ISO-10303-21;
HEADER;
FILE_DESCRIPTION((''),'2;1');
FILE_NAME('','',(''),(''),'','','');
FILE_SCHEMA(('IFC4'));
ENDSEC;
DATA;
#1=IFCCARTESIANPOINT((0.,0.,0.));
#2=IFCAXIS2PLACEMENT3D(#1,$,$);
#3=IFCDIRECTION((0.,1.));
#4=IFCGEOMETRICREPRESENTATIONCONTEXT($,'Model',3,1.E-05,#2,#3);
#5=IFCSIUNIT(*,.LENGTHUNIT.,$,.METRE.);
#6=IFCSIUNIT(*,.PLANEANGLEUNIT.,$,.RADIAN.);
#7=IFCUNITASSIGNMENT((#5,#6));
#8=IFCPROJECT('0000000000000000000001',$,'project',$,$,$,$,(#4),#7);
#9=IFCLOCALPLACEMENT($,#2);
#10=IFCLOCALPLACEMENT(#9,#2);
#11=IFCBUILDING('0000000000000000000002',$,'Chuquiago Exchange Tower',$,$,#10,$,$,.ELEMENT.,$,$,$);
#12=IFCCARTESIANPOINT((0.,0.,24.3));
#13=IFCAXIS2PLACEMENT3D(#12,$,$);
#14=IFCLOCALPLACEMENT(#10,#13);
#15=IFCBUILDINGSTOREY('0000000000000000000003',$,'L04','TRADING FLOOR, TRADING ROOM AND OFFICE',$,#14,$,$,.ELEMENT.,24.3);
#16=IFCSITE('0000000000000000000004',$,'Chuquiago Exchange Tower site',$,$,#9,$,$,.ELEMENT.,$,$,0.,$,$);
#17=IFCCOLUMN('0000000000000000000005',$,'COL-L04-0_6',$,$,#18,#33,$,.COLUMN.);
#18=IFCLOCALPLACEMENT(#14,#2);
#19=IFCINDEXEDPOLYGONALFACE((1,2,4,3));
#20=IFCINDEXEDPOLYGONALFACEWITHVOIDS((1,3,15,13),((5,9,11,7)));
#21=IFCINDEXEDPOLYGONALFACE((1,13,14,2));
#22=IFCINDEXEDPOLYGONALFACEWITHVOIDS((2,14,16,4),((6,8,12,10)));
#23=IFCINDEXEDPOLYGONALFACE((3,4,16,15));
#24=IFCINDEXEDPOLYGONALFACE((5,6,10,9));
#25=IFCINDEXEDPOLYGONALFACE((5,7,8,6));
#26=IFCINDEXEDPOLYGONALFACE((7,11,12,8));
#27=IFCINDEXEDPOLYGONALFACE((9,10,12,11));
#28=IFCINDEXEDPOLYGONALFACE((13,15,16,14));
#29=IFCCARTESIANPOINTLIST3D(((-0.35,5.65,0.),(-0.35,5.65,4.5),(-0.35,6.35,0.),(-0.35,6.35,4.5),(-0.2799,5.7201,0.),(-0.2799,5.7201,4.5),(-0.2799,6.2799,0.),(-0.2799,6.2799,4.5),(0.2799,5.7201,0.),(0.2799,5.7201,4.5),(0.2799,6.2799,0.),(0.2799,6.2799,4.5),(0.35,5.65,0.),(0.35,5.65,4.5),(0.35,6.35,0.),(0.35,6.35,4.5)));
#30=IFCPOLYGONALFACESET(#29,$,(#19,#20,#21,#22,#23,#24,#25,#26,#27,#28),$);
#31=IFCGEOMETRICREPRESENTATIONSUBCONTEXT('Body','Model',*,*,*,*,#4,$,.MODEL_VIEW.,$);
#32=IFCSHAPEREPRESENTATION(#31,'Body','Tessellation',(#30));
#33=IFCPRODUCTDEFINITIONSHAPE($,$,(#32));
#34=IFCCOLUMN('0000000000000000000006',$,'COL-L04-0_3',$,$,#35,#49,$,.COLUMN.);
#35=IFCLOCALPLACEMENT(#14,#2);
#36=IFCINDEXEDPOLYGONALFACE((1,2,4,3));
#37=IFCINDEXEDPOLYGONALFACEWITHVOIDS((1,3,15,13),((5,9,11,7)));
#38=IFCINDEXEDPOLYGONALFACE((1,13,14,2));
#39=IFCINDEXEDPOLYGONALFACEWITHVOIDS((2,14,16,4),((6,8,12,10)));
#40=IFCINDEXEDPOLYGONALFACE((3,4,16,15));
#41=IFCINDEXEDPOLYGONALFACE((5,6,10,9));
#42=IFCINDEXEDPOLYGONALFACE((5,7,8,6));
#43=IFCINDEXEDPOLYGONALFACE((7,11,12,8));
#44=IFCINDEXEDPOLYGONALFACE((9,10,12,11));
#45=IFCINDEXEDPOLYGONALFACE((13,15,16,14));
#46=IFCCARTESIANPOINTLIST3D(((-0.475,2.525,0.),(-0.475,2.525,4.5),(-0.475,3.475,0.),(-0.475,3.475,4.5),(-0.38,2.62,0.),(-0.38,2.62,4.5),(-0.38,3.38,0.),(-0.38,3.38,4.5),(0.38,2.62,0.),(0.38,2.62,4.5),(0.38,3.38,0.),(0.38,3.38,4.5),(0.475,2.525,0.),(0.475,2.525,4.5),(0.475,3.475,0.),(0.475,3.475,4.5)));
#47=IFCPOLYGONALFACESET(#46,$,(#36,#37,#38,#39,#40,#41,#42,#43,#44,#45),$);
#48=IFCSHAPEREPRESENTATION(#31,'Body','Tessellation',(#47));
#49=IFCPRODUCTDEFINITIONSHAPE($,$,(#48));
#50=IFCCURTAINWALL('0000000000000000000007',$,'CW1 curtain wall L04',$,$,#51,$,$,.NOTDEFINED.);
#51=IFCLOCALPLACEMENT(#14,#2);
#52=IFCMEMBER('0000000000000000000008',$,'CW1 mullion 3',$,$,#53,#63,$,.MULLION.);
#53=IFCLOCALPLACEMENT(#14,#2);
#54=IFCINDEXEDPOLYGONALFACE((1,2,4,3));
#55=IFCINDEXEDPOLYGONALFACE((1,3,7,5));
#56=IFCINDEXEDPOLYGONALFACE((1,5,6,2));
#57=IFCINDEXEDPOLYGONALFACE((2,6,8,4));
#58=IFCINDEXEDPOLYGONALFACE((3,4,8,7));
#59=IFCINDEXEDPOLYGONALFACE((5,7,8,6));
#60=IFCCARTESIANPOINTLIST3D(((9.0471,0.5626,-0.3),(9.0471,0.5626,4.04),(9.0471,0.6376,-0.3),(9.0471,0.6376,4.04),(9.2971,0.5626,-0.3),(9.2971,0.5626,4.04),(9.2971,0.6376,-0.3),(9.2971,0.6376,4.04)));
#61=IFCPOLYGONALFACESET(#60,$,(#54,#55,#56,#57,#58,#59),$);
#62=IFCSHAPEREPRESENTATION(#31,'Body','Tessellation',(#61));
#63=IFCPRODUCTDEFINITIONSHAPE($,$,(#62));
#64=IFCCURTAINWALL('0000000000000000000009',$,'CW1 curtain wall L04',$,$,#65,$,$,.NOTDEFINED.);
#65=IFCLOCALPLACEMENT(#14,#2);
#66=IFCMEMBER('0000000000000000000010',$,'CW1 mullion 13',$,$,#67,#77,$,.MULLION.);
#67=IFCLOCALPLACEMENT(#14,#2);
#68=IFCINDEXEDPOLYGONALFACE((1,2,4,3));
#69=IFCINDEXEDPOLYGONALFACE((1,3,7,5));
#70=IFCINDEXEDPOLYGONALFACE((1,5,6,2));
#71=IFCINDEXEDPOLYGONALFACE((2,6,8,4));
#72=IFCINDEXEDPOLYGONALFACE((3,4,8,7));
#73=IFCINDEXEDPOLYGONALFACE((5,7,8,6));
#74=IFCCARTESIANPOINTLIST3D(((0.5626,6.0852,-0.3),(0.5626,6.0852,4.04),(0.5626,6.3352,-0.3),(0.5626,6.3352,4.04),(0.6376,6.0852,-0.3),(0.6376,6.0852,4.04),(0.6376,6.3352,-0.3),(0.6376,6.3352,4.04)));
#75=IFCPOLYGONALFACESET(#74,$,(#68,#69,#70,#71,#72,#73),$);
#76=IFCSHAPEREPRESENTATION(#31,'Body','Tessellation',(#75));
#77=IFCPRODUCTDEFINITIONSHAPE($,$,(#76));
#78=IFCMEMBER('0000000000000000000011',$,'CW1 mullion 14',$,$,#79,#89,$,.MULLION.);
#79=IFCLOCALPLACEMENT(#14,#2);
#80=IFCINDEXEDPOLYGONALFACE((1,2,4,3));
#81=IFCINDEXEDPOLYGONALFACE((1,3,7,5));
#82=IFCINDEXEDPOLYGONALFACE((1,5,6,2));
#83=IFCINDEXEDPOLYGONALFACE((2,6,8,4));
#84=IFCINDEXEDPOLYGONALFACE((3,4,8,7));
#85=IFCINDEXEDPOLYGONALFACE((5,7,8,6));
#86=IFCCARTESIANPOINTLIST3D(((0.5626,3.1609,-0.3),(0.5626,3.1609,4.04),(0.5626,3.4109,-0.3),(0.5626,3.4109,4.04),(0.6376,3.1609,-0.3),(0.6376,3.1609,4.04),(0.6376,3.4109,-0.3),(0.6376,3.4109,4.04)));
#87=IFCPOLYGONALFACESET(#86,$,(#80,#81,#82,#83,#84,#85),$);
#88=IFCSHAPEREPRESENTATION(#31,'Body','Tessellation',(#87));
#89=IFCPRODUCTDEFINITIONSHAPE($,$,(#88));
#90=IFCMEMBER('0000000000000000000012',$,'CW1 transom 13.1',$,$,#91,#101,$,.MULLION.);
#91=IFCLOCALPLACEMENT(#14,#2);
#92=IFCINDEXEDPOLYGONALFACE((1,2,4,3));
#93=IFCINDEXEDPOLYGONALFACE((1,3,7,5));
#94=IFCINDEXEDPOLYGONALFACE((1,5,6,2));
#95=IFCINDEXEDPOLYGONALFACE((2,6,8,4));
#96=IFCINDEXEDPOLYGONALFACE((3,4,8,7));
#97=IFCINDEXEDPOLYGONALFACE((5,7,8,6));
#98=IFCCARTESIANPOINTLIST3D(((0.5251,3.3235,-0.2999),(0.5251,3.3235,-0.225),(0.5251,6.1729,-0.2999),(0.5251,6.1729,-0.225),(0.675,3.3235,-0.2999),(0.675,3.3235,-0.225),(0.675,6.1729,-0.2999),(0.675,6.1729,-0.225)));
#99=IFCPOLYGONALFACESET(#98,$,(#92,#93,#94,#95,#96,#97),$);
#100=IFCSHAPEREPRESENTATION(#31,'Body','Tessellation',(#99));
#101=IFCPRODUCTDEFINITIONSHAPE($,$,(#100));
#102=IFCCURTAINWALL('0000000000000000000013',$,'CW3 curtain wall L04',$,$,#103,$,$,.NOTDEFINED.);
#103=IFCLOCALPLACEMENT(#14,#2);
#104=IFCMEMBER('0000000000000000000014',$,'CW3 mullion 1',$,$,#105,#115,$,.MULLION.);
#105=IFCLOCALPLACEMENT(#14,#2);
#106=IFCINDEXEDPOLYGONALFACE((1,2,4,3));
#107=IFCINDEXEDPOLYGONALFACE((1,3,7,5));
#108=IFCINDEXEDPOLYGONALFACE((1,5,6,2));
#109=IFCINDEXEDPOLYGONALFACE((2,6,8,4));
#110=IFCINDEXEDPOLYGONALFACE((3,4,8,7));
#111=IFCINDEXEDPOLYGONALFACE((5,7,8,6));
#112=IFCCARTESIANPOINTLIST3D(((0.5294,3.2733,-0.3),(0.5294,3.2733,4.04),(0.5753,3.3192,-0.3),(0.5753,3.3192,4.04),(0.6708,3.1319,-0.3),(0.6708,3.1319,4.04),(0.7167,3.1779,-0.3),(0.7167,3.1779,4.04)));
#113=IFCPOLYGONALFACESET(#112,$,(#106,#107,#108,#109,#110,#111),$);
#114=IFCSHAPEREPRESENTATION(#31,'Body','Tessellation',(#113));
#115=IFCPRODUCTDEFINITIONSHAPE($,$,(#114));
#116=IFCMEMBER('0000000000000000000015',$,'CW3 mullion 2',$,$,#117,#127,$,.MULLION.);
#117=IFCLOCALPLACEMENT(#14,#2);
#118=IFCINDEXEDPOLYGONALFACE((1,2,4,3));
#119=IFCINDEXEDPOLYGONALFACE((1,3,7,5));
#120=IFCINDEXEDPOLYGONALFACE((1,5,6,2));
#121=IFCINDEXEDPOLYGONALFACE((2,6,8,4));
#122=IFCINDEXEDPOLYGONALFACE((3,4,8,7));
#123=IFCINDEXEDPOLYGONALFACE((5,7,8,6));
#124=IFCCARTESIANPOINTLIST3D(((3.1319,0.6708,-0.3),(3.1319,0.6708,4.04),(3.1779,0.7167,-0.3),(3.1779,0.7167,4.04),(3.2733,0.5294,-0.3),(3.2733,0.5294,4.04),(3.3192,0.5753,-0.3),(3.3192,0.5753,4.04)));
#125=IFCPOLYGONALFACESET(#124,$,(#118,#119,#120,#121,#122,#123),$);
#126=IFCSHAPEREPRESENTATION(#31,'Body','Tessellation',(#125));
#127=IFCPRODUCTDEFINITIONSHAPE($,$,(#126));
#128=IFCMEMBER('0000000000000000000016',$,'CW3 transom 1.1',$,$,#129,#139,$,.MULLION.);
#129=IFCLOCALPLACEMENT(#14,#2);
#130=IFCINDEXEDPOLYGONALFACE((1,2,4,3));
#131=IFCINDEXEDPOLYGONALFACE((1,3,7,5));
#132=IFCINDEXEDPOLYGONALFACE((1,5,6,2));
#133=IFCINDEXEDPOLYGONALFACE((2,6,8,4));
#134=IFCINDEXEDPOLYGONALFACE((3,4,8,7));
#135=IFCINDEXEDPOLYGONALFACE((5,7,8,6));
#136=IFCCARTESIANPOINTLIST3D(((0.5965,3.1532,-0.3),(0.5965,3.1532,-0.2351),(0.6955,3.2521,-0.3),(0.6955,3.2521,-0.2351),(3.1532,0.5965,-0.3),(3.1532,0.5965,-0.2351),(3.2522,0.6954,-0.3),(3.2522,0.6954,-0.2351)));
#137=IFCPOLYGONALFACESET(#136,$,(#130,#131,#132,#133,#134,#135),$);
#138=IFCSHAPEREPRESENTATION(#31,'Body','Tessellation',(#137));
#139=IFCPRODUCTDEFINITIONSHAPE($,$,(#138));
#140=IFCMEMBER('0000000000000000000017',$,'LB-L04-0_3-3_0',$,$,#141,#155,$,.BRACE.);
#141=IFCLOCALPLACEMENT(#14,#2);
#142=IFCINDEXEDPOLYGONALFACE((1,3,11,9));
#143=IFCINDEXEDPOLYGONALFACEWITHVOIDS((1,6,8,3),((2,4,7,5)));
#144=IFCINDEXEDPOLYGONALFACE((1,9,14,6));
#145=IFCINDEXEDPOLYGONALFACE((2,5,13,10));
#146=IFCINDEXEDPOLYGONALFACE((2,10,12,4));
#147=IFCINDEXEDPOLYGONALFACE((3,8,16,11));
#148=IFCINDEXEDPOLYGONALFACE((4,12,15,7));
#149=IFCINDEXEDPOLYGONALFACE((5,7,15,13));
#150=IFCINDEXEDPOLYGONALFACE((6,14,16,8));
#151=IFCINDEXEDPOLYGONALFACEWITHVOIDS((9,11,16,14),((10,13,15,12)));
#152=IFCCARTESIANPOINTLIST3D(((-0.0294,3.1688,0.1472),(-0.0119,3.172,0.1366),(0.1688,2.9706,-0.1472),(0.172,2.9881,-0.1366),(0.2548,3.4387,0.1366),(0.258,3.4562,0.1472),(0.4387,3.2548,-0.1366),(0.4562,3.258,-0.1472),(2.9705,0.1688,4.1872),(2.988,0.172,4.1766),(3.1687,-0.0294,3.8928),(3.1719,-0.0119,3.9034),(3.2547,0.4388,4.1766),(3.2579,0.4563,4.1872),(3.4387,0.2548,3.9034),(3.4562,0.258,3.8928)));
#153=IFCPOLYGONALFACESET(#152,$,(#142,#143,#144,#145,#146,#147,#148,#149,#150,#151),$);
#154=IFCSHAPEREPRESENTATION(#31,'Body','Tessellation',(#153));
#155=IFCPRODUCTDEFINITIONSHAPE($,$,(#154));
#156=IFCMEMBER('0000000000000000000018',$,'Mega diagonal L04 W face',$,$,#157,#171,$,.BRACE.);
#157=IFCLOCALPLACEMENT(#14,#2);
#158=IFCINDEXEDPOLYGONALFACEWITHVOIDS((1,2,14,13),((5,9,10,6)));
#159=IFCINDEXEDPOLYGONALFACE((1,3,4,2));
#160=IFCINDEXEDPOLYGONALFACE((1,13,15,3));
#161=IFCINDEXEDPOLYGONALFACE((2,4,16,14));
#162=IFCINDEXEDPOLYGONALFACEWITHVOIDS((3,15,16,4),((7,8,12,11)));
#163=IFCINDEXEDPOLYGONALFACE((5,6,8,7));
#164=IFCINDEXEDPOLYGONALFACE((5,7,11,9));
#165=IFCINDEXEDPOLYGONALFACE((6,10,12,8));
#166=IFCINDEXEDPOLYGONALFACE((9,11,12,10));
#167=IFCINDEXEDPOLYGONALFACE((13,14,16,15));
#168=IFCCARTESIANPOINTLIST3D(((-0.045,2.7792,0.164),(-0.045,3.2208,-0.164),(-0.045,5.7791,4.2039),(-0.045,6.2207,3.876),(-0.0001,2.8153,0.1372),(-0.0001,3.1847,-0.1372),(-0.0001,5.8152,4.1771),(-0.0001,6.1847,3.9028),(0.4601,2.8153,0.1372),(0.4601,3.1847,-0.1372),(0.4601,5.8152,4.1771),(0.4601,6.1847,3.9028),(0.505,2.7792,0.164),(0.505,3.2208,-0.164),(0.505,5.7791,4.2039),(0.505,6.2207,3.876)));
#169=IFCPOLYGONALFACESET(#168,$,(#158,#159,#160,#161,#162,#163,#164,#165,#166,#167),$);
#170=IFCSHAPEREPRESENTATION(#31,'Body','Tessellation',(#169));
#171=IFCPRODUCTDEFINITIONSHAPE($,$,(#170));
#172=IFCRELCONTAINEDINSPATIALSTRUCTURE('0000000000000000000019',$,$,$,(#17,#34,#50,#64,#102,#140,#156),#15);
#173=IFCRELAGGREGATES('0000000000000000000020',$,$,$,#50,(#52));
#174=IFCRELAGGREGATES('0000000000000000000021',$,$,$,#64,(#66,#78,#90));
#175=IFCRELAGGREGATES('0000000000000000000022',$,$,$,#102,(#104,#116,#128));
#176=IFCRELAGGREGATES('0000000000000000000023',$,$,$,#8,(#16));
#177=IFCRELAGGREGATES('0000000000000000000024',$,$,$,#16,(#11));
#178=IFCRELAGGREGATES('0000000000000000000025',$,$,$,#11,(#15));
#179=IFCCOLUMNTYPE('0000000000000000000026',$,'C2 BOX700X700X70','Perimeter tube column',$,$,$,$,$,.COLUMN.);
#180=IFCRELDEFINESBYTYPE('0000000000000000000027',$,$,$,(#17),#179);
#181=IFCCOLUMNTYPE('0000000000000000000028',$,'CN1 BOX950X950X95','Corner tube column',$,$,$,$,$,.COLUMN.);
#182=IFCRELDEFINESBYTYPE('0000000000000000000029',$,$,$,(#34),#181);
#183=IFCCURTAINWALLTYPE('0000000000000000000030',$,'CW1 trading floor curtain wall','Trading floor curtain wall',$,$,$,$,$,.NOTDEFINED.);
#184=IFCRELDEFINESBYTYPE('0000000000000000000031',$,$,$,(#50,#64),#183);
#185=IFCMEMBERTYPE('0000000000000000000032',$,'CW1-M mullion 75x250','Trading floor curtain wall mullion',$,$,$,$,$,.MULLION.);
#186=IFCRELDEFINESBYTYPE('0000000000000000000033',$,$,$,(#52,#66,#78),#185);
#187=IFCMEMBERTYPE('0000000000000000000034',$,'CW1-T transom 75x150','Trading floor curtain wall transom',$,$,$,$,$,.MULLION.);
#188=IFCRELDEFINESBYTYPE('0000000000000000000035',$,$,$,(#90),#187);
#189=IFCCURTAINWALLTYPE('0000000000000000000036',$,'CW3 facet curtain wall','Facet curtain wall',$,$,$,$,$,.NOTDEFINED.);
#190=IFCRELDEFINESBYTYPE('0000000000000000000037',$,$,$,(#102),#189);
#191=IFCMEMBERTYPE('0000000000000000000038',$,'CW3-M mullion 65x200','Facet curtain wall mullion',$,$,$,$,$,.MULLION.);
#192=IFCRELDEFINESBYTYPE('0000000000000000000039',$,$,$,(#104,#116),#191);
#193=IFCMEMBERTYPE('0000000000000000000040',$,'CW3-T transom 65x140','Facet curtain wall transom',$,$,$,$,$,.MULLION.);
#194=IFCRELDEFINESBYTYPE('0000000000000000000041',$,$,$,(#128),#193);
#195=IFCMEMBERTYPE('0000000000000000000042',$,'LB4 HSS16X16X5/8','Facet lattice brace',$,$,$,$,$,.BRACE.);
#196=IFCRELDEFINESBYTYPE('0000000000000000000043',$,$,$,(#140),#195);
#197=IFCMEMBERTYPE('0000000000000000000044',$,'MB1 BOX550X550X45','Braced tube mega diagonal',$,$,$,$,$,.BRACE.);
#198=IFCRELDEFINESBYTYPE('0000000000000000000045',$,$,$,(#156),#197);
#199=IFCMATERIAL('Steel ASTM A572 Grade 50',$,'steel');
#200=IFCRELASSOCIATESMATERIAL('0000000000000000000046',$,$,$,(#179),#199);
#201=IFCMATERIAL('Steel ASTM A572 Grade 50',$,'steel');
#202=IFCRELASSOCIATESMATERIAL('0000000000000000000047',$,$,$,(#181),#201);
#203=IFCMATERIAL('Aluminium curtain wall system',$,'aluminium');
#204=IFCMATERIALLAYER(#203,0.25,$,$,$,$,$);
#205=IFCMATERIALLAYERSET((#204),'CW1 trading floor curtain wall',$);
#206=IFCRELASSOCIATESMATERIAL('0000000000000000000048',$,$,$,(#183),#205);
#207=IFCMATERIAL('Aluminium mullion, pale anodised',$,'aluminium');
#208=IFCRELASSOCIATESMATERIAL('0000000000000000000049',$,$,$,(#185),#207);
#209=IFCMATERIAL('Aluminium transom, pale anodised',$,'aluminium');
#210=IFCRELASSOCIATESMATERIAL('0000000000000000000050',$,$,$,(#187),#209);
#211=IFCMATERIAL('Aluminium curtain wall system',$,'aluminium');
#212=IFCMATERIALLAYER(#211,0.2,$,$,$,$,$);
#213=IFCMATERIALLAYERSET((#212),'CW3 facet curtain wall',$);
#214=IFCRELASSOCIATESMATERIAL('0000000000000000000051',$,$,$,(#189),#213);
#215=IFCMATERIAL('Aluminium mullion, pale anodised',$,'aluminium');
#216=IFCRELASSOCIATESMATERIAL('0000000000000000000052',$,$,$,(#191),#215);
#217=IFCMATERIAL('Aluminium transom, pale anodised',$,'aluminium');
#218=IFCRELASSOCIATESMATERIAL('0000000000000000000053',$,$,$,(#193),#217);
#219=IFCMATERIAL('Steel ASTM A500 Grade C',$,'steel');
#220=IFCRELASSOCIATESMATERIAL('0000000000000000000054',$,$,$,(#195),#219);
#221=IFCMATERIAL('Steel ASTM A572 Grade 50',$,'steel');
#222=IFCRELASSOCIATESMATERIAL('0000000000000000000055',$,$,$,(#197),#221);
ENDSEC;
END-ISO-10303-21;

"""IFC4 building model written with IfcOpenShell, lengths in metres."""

from ifc_helpers import new_model, si_unit, direction, frame, origin, origin_2d, place, context, subcontext, project, spatial, rectangle, hollow_rectangle, extrude, material, layer, layer_set, material_profile, profile_set, type_object, element, aggregate, save


model = new_model("IFC4")

# Units and contexts
model_context = context("Model", 3, precision=1e-05, world=origin(), true_north=direction((0.0, 1.0)))
body_context = subcontext(model_context, "Body", "Model", "MODEL_VIEW")
ifc_project = project(units=[si_unit("LENGTHUNIT", "METRE"), si_unit("PLANEANGLEUNIT", "RADIAN")], contexts=[model_context])

# Site, building, storey
site_placement = place(None, origin())
site = spatial("IfcSite", under=ifc_project, at=site_placement, Name="Chuquiago Exchange Tower site", CompositionType="ELEMENT", RefElevation=0.0)
building_placement = place(site_placement, origin())
building = spatial("IfcBuilding", under=site, at=building_placement, Name="Chuquiago Exchange Tower", CompositionType="ELEMENT")
storey_placement = place(building_placement, frame((0.0, 0.0, 24.3)))
storey = spatial("IfcBuildingStorey", under=building, at=storey_placement, Name="L04", Description="TRADING FLOOR, TRADING ROOM AND OFFICE", CompositionType="ELEMENT", Elevation=24.3)

# Columns
ifc_material_1 = material(Name="Steel ASTM A572 Grade 50", Category="steel")
ifc_material_profile_1 = material_profile(ifc_material_1, hollow_rectangle(XDim=0.7, YDim=0.7, WallThickness=0.0701, at=origin_2d()), Name="BOX700X700X70")
ifc_profile_set_1 = profile_set([ifc_material_profile_1], Name="Steel ASTM A572 Grade 50")
column_type_1 = type_object("IfcColumnType", Name="C2 BOX700X700X70", Description="Perimeter tube column", PredefinedType="COLUMN", material=ifc_profile_set_1)
column_1_placement = place(storey_placement, frame((0.0, 6.0, 0.0), z_axis=(0.0, 0.0, 1.0), x_axis=(-1.0, 0.0, 0.0)))
element("IfcColumn", 1, at=column_1_placement, inside=storey, type_object=column_type_1, Name="COL-L04-0_6", PredefinedType="COLUMN", context=body_context, shape_type="SweptSolid", body=[
    extrude(hollow_rectangle(XDim=0.7, YDim=0.7, WallThickness=0.0701, at=origin_2d()), origin(), (0.0, 0.0, 1.0), 4.5),
])
ifc_material_2 = material(Name="Steel ASTM A572 Grade 50", Category="steel")
ifc_material_profile_2 = material_profile(ifc_material_2, hollow_rectangle(XDim=0.95, YDim=0.95, WallThickness=0.095, at=origin_2d()), Name="BOX950X950X95")
ifc_profile_set_2 = profile_set([ifc_material_profile_2], Name="Steel ASTM A572 Grade 50")
column_type_2 = type_object("IfcColumnType", Name="CN1 BOX950X950X95", Description="Corner tube column", PredefinedType="COLUMN", material=ifc_profile_set_2)
column_2_placement = place(storey_placement, frame((0.0, 3.0, 0.0), z_axis=(0.0, 0.0, 1.0), x_axis=(-1.0, 0.0, 0.0)))
element("IfcColumn", 2, at=column_2_placement, inside=storey, type_object=column_type_2, Name="COL-L04-0_3", PredefinedType="COLUMN", context=body_context, shape_type="SweptSolid", body=[
    extrude(hollow_rectangle(XDim=0.95, YDim=0.95, WallThickness=0.095, at=origin_2d()), origin(), (0.0, 0.0, 1.0), 4.5),
])

# Curtain wall, member
ifc_material_3 = material(Name="Aluminium curtain wall system", Category="aluminium")
ifc_layer_1 = layer(ifc_material_3, 0.25)
ifc_layer_set_1 = layer_set([ifc_layer_1], Name="CW1 trading floor curtain wall")
curtain_wall_type_1 = type_object("IfcCurtainWallType", Name="CW1 trading floor curtain wall", Description="Trading floor curtain wall", PredefinedType="NOTDEFINED", material=ifc_layer_set_1)
curtain_wall_1_placement = place(storey_placement, origin())
curtain_wall_1 = element("IfcCurtainWall", 3, at=curtain_wall_1_placement, inside=storey, type_object=curtain_wall_type_1, Name="CW1 curtain wall L04", PredefinedType="NOTDEFINED")
ifc_material_4 = material(Name="Aluminium mullion, pale anodised", Category="aluminium")
ifc_material_profile_3 = material_profile(ifc_material_4, rectangle(XDim=0.075, YDim=0.25, at=origin_2d()), Name="AL 75x250")
ifc_profile_set_3 = profile_set([ifc_material_profile_3], Name="Aluminium mullion, pale anodised")
member_type_1 = type_object("IfcMemberType", Name="CW1-M mullion 75x250", Description="Trading floor curtain wall mullion", PredefinedType="MULLION", material=ifc_profile_set_3)
member_1_placement = place(storey_placement, frame((9.1721, 0.6001, -0.3), z_axis=(0.0, 0.0, 1.0), x_axis=(0.0, 1.0, 0.0)))
member_1 = element("IfcMember", 4, at=member_1_placement, type_object=member_type_1, Name="CW1 mullion 3", PredefinedType="MULLION", context=body_context, shape_type="SweptSolid", body=[
    extrude(rectangle(XDim=0.075, YDim=0.25, at=origin_2d()), origin(), (0.0, 0.0, 1.0), 4.3401),
])

# Curtain walls, members
curtain_wall_2_placement = place(storey_placement, origin())
curtain_wall_2 = element("IfcCurtainWall", 5, at=curtain_wall_2_placement, inside=storey, type_object=curtain_wall_type_1, Name="CW1 curtain wall L04", PredefinedType="NOTDEFINED")
member_2_placement = place(storey_placement, frame((0.6001, 6.2102, -0.3), z_axis=(0.0, 0.0, 1.0), x_axis=(1.0, 0.0, 0.0)))
member_2 = element("IfcMember", 6, at=member_2_placement, type_object=member_type_1, Name="CW1 mullion 13", PredefinedType="MULLION", context=body_context, shape_type="SweptSolid", body=[
    extrude(rectangle(XDim=0.075, YDim=0.25, at=origin_2d()), origin(), (0.0, 0.0, 1.0), 4.3401),
])
member_3_placement = place(storey_placement, frame((0.6001, 3.2859, -0.3), z_axis=(0.0, 0.0, 1.0), x_axis=(1.0, 0.0, 0.0)))
member_3 = element("IfcMember", 7, at=member_3_placement, type_object=member_type_1, Name="CW1 mullion 14", PredefinedType="MULLION", context=body_context, shape_type="SweptSolid", body=[
    extrude(rectangle(XDim=0.075, YDim=0.25, at=origin_2d()), origin(), (0.0, 0.0, 1.0), 4.3401),
])
ifc_material_5 = material(Name="Aluminium transom, pale anodised", Category="aluminium")
ifc_material_profile_4 = material_profile(ifc_material_5, rectangle(XDim=0.1499, YDim=0.075, at=origin_2d()), Name="AL 150x75")
ifc_profile_set_4 = profile_set([ifc_material_profile_4], Name="Aluminium transom, pale anodised")
member_type_2 = type_object("IfcMemberType", Name="CW1-T transom 75x150", Description="Trading floor curtain wall transom", PredefinedType="MULLION", material=ifc_profile_set_4)
member_4_placement = place(storey_placement, frame((0.6001, 6.1729, -0.2625), z_axis=(0.0, -1.0, 0.0), x_axis=(1.0, 0.0, 0.0)))
member_4 = element("IfcMember", 8, at=member_4_placement, type_object=member_type_2, Name="CW1 transom 13.1", PredefinedType="MULLION", context=body_context, shape_type="SweptSolid", body=[
    extrude(rectangle(XDim=0.1499, YDim=0.075, at=origin_2d()), origin(), (0.0, 0.0, 1.0), 2.8494),
])
ifc_material_6 = material(Name="Aluminium curtain wall system", Category="aluminium")
ifc_layer_2 = layer(ifc_material_6, 0.2)
ifc_layer_set_2 = layer_set([ifc_layer_2], Name="CW3 facet curtain wall")
curtain_wall_type_2 = type_object("IfcCurtainWallType", Name="CW3 facet curtain wall", Description="Facet curtain wall", PredefinedType="NOTDEFINED", material=ifc_layer_set_2)
curtain_wall_3_placement = place(storey_placement, origin())
curtain_wall_3 = element("IfcCurtainWall", 9, at=curtain_wall_3_placement, inside=storey, type_object=curtain_wall_type_2, Name="CW3 curtain wall L04", PredefinedType="NOTDEFINED")
ifc_material_7 = material(Name="Aluminium mullion, pale anodised", Category="aluminium")
ifc_material_profile_5 = material_profile(ifc_material_7, rectangle(XDim=0.0649, YDim=0.2, at=origin_2d()), Name="AL 65x200")
ifc_profile_set_5 = profile_set([ifc_material_profile_5], Name="Aluminium mullion, pale anodised")
member_type_3 = type_object("IfcMemberType", Name="CW3-M mullion 65x200", Description="Facet curtain wall mullion", PredefinedType="MULLION", material=ifc_profile_set_5)
member_5_placement = place(storey_placement, frame((0.623, 3.2256, -0.3), z_axis=(0.0, 0.0, 1.0), x_axis=(0.707107, 0.707107, 0.0)))
member_5 = element("IfcMember", 10, at=member_5_placement, type_object=member_type_3, Name="CW3 mullion 1", PredefinedType="MULLION", context=body_context, shape_type="SweptSolid", body=[
    extrude(rectangle(XDim=0.0649, YDim=0.2, at=origin_2d()), origin(), (0.0, 0.0, 1.0), 4.3401),
])
member_6_placement = place(storey_placement, frame((3.2256, 0.623, -0.3), z_axis=(0.0, 0.0, 1.0), x_axis=(0.707107, 0.707107, 0.0)))
member_6 = element("IfcMember", 11, at=member_6_placement, type_object=member_type_3, Name="CW3 mullion 2", PredefinedType="MULLION", context=body_context, shape_type="SweptSolid", body=[
    extrude(rectangle(XDim=0.0649, YDim=0.2, at=origin_2d()), origin(), (0.0, 0.0, 1.0), 4.3401),
])
ifc_material_8 = material(Name="Aluminium transom, pale anodised", Category="aluminium")
ifc_material_profile_6 = material_profile(ifc_material_8, rectangle(XDim=0.1399, YDim=0.0649, at=origin_2d()), Name="AL 140x65")
ifc_profile_set_6 = profile_set([ifc_material_profile_6], Name="Aluminium transom, pale anodised")
member_type_4 = type_object("IfcMemberType", Name="CW3-T transom 65x140", Description="Facet curtain wall transom", PredefinedType="MULLION", material=ifc_profile_set_6)
member_7_placement = place(storey_placement, frame((0.646, 3.2026, -0.2676), z_axis=(0.707107, -0.707107, 0.0), x_axis=(0.707107, 0.707107, 0.0)))
member_7 = element("IfcMember", 12, at=member_7_placement, type_object=member_type_4, Name="CW3 transom 1.1", PredefinedType="MULLION", context=body_context, shape_type="SweptSolid", body=[
    extrude(rectangle(XDim=0.1399, YDim=0.0649, at=origin_2d()), origin(), (0.0, 0.0, 1.0), 3.6157),
])

# Members
ifc_material_9 = material(Name="Steel ASTM A500 Grade C", Category="steel")
ifc_material_profile_7 = material_profile(ifc_material_9, hollow_rectangle(XDim=0.4065, YDim=0.4065, WallThickness=0.0146, at=origin_2d()), Name="HSS16X16X5/8")
ifc_profile_set_7 = profile_set([ifc_material_profile_7], Name="Steel ASTM A500 Grade C")
member_type_5 = type_object("IfcMemberType", Name="LB4 HSS16X16X5/8", Description="Facet lattice brace", PredefinedType="BRACE", material=ifc_profile_set_7)
member_8_placement = place(storey_placement, frame((0.2134, 3.2134, 0.0), z_axis=(0.512077, -0.512077, 0.689604), x_axis=(0.707107, 0.707107, 0.0)))
element("IfcMember", 13, at=member_8_placement, inside=storey, type_object=member_type_5, Name="LB-L04-0_3-3_0", PredefinedType="BRACE", context=body_context, shape_type="SweptSolid", body=[
    extrude(hollow_rectangle(XDim=0.4065, YDim=0.4065, WallThickness=0.0146, at=origin_2d()), origin(), (0.0, 0.0, 1.0), 5.8584),
])
ifc_material_10 = material(Name="Steel ASTM A572 Grade 50", Category="steel")
ifc_material_profile_8 = material_profile(ifc_material_10, hollow_rectangle(XDim=0.55, YDim=0.55, WallThickness=0.0449, at=origin_2d()), Name="BOX550X550X45")
ifc_profile_set_8 = profile_set([ifc_material_profile_8], Name="Steel ASTM A572 Grade 50")
member_type_6 = type_object("IfcMemberType", Name="MB1 BOX550X550X45", Description="Braced tube mega diagonal", PredefinedType="BRACE", material=ifc_profile_set_8)
member_9_placement = place(storey_placement, frame((0.23, 3.0, 0.0), z_axis=(0.0, 0.596174, 0.802855), x_axis=(-1.0, 0.0, 0.0)))
element("IfcMember", 14, at=member_9_placement, inside=storey, type_object=member_type_6, Name="Mega diagonal L04 W face", PredefinedType="BRACE", context=body_context, shape_type="SweptSolid", body=[
    extrude(hollow_rectangle(XDim=0.55, YDim=0.55, WallThickness=0.0449, at=origin_2d()), origin(), (0.0, 0.0, 1.0), 5.032),
])

aggregate(curtain_wall_1, [member_1])
aggregate(curtain_wall_2, [member_2, member_3, member_4])
aggregate(curtain_wall_3, [member_5, member_6, member_7])

save(model, "model.ifc")
